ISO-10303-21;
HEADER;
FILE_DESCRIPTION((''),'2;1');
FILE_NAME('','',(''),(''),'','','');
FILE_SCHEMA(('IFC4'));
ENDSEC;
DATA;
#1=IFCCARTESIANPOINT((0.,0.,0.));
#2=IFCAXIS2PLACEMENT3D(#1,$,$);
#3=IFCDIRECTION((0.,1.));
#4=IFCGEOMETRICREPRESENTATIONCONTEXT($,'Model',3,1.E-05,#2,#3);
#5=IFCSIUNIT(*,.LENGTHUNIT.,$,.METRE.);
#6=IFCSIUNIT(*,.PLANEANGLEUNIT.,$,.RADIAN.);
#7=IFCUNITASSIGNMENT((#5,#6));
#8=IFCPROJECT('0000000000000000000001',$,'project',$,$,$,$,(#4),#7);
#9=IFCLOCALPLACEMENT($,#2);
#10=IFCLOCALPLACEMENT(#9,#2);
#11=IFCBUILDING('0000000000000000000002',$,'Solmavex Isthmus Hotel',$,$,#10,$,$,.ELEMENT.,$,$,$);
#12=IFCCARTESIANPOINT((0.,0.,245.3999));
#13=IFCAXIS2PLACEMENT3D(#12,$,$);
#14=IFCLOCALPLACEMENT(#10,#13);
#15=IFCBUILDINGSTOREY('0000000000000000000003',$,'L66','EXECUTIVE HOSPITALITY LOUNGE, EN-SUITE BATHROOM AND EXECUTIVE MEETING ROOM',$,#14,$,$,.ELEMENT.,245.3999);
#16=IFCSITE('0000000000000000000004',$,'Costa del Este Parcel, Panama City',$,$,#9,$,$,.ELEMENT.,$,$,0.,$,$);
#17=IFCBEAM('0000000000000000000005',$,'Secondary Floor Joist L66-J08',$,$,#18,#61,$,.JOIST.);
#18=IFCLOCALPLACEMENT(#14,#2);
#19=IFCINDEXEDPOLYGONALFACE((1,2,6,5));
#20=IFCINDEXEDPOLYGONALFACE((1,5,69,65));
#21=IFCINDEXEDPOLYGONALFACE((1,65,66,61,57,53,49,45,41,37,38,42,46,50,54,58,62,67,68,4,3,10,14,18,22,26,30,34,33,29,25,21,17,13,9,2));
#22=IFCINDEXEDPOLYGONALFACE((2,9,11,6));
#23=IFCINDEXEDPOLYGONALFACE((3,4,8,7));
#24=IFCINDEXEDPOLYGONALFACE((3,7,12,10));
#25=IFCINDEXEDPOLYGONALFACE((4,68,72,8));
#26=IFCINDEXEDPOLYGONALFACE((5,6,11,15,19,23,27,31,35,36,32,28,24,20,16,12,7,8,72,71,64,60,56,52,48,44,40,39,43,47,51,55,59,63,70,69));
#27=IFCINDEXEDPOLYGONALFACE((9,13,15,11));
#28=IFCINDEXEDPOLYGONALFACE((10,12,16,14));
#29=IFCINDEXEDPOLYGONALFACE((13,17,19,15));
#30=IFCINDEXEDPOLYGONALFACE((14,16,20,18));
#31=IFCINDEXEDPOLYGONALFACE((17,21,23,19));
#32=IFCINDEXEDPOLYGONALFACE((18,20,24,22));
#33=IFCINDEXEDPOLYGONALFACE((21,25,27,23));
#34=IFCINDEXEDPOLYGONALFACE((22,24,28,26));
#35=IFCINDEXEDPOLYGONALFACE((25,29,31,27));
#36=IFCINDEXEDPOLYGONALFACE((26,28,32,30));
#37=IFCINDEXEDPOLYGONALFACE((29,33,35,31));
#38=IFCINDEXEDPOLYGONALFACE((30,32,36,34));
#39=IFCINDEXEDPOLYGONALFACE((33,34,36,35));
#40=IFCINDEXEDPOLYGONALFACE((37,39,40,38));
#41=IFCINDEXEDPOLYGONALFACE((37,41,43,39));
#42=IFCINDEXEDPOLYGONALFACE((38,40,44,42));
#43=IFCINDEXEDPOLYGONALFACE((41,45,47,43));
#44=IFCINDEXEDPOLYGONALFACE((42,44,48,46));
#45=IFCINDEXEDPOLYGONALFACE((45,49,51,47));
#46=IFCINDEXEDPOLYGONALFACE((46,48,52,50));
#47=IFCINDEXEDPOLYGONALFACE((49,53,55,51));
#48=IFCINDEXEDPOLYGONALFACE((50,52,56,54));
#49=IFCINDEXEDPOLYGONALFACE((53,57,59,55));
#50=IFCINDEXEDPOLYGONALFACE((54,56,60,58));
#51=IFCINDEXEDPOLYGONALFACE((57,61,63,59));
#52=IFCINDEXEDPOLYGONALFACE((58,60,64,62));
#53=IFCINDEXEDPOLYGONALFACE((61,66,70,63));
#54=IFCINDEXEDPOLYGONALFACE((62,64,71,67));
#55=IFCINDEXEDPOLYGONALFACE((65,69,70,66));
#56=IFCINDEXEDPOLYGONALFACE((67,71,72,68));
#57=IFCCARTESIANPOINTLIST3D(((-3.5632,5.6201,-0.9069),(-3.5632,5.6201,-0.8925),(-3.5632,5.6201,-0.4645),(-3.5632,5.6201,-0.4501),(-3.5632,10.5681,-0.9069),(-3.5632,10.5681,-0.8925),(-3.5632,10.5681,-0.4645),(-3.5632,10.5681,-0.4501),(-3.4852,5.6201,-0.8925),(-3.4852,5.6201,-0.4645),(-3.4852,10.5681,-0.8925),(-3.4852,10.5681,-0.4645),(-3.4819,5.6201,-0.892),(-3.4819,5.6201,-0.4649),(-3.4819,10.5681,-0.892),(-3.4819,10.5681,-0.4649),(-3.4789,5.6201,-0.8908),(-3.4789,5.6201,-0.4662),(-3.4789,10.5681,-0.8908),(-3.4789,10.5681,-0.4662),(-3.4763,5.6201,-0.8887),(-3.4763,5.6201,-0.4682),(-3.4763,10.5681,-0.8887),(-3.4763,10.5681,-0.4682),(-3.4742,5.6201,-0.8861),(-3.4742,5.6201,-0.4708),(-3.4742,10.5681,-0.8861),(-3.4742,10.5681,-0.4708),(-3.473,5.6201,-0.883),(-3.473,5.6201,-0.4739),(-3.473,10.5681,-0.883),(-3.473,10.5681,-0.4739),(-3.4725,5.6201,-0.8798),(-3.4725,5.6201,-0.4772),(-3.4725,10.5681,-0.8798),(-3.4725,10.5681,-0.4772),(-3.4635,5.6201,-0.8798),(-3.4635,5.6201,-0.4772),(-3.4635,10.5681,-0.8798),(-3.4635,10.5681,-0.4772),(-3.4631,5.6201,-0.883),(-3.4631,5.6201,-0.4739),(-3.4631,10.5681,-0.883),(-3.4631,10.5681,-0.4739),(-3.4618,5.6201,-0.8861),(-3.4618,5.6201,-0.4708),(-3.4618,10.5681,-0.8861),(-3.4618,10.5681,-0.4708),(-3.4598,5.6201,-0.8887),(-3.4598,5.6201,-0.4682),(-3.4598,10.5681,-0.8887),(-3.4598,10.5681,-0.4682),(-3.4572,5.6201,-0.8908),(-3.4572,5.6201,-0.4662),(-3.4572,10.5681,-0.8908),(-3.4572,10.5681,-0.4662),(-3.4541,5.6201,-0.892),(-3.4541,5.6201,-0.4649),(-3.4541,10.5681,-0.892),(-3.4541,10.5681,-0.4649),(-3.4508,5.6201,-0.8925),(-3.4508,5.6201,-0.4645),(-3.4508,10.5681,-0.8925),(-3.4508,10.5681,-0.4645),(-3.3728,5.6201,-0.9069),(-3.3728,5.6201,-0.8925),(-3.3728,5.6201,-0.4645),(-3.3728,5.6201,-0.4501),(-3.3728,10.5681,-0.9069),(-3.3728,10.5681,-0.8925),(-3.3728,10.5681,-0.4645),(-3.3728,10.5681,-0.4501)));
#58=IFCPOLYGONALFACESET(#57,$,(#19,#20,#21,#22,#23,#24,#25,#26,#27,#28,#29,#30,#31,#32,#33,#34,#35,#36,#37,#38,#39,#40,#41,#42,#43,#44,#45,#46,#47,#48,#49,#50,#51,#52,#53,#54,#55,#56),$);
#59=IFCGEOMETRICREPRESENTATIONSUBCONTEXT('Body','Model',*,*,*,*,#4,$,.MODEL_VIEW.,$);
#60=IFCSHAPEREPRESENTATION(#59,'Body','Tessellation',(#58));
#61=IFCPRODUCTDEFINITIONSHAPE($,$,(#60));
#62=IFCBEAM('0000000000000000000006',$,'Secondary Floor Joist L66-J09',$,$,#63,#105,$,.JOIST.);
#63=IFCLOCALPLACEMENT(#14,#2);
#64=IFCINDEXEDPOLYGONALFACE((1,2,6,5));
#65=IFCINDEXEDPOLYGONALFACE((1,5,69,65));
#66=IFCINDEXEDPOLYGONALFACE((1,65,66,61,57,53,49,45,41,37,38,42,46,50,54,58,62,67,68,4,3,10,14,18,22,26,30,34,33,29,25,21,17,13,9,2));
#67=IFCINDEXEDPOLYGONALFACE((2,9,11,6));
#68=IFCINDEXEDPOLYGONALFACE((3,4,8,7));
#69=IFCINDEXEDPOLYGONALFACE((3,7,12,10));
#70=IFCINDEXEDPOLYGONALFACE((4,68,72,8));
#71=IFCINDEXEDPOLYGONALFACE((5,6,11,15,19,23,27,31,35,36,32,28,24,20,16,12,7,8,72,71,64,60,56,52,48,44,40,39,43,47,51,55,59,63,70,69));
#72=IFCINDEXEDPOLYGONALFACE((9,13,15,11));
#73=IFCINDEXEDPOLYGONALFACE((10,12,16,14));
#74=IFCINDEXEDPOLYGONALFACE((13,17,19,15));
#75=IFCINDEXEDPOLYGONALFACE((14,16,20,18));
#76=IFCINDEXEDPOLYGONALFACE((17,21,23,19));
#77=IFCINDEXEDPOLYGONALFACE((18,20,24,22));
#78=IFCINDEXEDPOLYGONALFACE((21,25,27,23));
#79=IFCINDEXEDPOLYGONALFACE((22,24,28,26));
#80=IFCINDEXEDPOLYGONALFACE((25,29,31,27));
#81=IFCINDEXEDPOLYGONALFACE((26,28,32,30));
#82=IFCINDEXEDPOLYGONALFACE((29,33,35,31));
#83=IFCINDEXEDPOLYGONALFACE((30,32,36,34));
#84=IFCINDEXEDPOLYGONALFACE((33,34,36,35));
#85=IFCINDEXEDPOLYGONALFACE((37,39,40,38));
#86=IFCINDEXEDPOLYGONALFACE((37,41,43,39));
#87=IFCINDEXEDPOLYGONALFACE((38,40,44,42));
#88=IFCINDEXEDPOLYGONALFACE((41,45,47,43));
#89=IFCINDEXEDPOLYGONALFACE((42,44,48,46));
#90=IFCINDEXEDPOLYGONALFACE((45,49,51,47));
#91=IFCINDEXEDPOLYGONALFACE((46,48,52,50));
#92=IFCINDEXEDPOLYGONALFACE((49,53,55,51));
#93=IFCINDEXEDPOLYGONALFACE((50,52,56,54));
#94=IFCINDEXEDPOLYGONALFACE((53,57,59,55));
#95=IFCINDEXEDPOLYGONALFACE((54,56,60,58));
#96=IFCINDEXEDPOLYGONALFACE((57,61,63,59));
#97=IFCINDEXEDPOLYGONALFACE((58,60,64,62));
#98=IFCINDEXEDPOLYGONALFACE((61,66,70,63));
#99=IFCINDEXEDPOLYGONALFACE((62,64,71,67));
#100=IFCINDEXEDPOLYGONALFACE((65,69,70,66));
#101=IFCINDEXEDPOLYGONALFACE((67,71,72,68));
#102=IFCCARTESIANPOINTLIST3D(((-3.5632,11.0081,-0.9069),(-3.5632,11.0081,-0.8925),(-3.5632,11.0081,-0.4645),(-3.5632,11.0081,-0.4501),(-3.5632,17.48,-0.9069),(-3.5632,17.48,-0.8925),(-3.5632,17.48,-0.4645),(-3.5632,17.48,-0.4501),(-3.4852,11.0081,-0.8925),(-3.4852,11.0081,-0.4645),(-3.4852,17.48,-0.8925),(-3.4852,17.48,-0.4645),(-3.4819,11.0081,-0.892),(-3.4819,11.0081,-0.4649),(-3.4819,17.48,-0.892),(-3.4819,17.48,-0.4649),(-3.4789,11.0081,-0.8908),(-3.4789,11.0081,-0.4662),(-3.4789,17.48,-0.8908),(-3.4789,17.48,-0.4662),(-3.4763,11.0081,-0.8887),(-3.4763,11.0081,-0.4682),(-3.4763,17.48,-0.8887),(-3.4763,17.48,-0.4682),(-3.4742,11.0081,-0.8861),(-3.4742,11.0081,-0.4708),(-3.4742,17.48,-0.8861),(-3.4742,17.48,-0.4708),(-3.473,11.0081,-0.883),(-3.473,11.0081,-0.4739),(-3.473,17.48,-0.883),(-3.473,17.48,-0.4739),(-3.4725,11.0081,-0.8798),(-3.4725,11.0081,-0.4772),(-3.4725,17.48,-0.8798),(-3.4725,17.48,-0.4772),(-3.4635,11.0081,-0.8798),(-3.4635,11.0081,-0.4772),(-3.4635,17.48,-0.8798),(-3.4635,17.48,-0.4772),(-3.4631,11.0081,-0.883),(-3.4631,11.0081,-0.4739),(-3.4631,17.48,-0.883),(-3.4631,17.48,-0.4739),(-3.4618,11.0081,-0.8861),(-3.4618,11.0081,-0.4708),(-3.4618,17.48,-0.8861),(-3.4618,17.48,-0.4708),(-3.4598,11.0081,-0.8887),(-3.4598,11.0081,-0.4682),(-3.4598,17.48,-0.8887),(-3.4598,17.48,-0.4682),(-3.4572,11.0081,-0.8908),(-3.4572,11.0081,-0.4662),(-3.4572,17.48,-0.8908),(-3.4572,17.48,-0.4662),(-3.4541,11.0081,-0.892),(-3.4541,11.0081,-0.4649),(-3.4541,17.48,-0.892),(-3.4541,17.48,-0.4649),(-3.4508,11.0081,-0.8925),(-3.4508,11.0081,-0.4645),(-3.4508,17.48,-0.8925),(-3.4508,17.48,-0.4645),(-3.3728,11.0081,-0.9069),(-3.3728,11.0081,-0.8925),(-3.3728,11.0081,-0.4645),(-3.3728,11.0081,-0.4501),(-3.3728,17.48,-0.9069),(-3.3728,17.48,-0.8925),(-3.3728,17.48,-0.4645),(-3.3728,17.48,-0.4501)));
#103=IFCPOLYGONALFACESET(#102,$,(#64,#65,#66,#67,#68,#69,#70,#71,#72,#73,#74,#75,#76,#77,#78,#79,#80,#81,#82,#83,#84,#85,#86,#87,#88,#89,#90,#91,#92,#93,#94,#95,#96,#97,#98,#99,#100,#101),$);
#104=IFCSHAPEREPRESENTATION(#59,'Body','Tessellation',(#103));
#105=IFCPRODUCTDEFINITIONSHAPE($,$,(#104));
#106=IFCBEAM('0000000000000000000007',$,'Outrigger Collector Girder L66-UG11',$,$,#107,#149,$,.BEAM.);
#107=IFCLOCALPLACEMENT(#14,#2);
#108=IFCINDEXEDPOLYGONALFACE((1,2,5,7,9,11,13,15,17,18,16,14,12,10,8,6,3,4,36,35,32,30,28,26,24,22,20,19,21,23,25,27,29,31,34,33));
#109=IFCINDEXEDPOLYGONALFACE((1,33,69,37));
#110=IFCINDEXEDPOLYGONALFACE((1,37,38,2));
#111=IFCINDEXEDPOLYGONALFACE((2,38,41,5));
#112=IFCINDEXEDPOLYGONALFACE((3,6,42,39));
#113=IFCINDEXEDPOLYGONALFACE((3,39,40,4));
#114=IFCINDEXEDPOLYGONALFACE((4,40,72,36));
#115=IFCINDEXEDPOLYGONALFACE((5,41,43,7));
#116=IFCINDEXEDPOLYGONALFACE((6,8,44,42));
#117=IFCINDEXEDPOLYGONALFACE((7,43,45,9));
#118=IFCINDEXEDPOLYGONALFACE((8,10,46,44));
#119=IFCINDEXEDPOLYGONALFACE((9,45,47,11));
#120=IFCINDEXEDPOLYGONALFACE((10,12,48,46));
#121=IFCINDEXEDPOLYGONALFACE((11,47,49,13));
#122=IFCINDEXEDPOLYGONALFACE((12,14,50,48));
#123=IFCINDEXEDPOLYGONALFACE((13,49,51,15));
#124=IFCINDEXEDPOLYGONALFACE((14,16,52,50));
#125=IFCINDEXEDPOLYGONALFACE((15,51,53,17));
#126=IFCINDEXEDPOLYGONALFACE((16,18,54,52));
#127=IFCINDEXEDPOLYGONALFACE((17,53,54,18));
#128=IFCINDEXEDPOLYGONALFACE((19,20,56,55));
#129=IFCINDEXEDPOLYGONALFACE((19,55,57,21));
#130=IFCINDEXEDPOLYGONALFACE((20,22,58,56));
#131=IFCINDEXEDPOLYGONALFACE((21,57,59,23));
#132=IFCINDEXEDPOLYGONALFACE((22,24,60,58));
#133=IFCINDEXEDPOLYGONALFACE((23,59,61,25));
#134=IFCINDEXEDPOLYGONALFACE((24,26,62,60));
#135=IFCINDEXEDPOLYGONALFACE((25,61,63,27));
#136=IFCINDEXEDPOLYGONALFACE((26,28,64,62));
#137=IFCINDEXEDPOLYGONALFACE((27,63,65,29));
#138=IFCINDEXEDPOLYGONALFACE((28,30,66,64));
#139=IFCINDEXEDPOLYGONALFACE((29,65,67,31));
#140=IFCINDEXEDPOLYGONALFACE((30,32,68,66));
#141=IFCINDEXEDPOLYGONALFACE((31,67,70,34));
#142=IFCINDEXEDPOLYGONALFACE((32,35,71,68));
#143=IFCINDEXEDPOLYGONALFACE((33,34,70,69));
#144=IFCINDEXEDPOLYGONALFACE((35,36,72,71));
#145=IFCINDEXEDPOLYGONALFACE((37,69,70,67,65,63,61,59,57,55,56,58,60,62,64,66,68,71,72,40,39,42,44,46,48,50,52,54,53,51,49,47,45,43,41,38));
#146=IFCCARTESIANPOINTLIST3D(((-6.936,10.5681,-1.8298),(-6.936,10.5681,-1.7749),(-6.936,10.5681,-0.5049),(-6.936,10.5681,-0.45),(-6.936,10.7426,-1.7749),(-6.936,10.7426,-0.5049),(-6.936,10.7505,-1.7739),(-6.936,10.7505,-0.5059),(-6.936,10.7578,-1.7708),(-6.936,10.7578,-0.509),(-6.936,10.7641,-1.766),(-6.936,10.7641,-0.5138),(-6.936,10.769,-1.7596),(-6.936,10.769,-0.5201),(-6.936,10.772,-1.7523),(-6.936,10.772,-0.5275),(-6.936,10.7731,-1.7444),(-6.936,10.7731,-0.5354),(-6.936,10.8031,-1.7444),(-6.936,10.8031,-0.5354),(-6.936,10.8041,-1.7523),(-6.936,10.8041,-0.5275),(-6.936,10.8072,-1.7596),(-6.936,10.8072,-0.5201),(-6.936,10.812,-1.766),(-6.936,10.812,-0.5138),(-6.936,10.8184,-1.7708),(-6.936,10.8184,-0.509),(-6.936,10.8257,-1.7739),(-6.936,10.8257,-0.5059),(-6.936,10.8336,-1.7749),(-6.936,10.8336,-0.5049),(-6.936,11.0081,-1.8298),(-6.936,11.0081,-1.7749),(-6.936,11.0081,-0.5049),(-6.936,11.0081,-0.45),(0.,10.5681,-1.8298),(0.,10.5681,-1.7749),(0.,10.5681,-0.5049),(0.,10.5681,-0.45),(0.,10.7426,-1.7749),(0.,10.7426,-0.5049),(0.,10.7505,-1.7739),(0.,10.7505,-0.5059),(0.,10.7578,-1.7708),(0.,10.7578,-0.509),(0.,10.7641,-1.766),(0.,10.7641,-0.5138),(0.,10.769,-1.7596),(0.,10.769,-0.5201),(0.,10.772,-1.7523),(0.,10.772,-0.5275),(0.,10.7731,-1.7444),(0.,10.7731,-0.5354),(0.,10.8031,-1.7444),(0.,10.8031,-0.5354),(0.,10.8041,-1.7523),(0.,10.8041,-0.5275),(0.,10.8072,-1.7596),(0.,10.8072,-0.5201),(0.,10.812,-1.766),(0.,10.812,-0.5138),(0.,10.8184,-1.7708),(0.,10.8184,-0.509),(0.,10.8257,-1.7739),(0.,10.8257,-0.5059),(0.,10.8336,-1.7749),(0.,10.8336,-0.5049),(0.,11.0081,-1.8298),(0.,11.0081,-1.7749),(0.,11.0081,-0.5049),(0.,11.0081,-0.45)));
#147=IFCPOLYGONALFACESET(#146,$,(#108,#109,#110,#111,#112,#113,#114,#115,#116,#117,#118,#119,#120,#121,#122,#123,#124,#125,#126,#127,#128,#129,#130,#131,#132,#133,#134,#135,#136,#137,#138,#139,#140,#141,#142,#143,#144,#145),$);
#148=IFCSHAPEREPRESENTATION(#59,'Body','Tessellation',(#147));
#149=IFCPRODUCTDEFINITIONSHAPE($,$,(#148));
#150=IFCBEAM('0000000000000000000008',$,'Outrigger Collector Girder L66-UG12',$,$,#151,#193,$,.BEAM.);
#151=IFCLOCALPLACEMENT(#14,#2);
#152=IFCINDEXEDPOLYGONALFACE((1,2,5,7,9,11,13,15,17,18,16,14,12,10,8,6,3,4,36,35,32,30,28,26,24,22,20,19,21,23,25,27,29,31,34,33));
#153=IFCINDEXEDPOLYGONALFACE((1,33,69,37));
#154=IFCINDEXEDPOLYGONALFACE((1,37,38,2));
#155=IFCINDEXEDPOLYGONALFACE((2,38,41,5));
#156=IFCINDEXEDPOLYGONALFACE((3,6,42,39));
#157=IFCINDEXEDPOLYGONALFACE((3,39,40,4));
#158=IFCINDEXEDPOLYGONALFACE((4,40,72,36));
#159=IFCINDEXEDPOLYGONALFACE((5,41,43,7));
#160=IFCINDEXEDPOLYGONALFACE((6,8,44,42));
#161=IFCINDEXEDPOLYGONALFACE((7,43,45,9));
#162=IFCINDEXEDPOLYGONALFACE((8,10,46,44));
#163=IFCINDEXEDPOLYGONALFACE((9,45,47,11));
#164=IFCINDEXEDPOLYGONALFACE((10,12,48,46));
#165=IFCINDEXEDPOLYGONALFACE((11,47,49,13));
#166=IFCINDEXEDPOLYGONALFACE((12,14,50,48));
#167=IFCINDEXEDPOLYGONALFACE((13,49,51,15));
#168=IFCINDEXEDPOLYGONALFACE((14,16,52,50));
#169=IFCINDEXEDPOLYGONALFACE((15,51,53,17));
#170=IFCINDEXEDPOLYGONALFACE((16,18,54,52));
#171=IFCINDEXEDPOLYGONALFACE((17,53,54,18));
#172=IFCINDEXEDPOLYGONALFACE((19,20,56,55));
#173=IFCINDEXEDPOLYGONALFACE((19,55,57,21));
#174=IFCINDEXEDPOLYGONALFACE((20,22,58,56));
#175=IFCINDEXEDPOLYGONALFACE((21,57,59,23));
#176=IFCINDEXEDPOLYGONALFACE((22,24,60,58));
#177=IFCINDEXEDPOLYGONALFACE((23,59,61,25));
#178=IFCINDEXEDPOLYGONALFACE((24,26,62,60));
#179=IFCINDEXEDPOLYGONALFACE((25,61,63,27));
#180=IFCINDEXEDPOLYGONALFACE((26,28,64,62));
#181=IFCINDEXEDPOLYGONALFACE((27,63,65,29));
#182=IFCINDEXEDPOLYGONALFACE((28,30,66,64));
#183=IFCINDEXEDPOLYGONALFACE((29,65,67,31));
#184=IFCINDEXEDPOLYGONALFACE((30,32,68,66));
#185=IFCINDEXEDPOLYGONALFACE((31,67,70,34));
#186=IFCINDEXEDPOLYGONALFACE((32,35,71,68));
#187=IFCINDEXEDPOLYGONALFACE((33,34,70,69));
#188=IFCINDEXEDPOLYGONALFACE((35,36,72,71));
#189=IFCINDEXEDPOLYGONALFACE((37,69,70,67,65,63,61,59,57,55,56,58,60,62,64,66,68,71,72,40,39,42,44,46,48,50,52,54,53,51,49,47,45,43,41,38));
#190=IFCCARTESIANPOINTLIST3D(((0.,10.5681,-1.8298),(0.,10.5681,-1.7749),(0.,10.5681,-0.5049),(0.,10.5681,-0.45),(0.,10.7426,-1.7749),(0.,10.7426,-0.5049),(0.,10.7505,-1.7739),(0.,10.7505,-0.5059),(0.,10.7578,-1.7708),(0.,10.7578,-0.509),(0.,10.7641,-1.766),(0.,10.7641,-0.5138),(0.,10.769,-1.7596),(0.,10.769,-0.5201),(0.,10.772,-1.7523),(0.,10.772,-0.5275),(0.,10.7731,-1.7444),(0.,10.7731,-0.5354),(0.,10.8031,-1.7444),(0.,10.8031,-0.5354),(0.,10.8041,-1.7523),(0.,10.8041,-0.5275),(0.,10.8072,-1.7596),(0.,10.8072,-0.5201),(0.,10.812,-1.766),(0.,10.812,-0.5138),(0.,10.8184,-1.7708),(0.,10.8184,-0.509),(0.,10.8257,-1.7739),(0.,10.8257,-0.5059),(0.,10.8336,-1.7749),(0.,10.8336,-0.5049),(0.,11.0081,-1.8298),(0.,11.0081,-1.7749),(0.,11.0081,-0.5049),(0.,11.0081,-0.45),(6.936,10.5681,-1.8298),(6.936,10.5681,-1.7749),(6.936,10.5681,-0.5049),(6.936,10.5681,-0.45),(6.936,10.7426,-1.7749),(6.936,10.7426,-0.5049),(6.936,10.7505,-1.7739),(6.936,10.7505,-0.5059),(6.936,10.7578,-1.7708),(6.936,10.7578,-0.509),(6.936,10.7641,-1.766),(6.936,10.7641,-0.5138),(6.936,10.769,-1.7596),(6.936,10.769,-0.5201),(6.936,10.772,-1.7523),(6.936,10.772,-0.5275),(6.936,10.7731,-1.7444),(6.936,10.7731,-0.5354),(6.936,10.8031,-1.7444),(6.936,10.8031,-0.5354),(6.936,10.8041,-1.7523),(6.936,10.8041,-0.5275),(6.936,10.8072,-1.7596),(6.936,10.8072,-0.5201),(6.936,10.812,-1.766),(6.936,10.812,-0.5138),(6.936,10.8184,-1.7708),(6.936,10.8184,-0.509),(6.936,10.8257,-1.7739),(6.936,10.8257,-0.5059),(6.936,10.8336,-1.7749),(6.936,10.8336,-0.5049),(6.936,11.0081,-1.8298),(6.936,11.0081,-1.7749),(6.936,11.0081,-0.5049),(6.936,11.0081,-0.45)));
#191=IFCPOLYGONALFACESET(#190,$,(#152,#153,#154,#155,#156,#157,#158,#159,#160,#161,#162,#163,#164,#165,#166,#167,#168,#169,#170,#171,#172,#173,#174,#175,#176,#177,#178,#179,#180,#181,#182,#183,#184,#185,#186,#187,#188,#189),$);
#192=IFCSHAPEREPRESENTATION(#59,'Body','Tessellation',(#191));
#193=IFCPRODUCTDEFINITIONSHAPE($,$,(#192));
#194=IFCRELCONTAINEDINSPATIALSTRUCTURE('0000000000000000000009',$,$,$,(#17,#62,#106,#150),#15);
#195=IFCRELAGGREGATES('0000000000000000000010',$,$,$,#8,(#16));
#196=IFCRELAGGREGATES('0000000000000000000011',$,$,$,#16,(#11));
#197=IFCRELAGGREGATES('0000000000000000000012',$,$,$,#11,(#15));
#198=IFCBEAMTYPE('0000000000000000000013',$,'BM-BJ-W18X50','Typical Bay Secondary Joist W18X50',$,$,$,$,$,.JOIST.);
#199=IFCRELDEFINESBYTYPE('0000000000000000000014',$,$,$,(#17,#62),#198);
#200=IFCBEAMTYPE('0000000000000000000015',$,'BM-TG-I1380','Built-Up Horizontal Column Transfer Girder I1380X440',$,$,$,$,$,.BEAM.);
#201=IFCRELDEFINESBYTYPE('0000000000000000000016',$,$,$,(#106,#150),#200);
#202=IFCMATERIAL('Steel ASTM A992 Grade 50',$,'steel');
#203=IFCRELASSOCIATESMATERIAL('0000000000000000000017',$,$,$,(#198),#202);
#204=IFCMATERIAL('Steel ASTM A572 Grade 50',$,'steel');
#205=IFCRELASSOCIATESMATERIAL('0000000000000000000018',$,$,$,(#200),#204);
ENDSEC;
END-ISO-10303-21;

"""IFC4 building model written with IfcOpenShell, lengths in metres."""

from ifc_helpers import new_model, si_unit, direction, frame, origin, origin_2d, place, context, subcontext, project, spatial, i_section, extrude, material, material_profile, profile_set, type_object, element, save


model = new_model("IFC4")

# Units and contexts
model_context = context("Model", 3, precision=1e-05, world=origin(), true_north=direction((0.0, 1.0)))
body_context = subcontext(model_context, "Body", "Model", "MODEL_VIEW")
ifc_project = project(units=[si_unit("LENGTHUNIT", "METRE"), si_unit("PLANEANGLEUNIT", "RADIAN")], contexts=[model_context])

# Site, building, storey
site_placement = place(None, origin())
site = spatial("IfcSite", under=ifc_project, at=site_placement, Name="Costa del Este Parcel, Panama City", CompositionType="ELEMENT", RefElevation=0.0)
building_placement = place(site_placement, origin())
building = spatial("IfcBuilding", under=site, at=building_placement, Name="Solmavex Isthmus Hotel", CompositionType="ELEMENT")
storey_placement = place(building_placement, frame((0.0, 0.0, 245.3999)))
storey = spatial("IfcBuildingStorey", under=building, at=storey_placement, Name="L66", Description="EXECUTIVE HOSPITALITY LOUNGE, EN-SUITE BATHROOM AND EXECUTIVE MEETING ROOM", CompositionType="ELEMENT", Elevation=245.3999)

# Beams
ifc_material_1 = material(Name="Steel ASTM A992 Grade 50", Category="steel")
ifc_material_profile_1 = material_profile(ifc_material_1, i_section(OverallWidth=0.1904, OverallDepth=0.4568, WebThickness=0.009, FlangeThickness=0.0144, FilletRadius=0.0127, at=origin_2d()), Name="W18X50")
ifc_profile_set_1 = profile_set([ifc_material_profile_1], Name="Steel ASTM A992 Grade 50")
beam_type_1 = type_object("IfcBeamType", Name="BM-BJ-W18X50", Description="Typical Bay Secondary Joist W18X50", PredefinedType="JOIST", material=ifc_profile_set_1)
beam_1_placement = place(storey_placement, frame((-3.468, 5.6201, -0.6785), z_axis=(0.0, 1.0, 0.0), x_axis=(-1.0, 0.0, 0.0)))
element("IfcBeam", 1, at=beam_1_placement, inside=storey, type_object=beam_type_1, Name="Secondary Floor Joist L66-J08", PredefinedType="JOIST", context=body_context, shape_type="SweptSolid", body=[
    extrude(i_section(OverallWidth=0.1904, OverallDepth=0.4568, WebThickness=0.009, FlangeThickness=0.0144, FilletRadius=0.0127, at=origin_2d()), origin(), (0.0, 0.0, 1.0), 4.948),
])
beam_2_placement = place(storey_placement, frame((-3.468, 11.0081, -0.6785), z_axis=(0.0, 1.0, 0.0), x_axis=(-1.0, 0.0, 0.0)))
element("IfcBeam", 2, at=beam_2_placement, inside=storey, type_object=beam_type_1, Name="Secondary Floor Joist L66-J09", PredefinedType="JOIST", context=body_context, shape_type="SweptSolid", body=[
    extrude(i_section(OverallWidth=0.1904, OverallDepth=0.4568, WebThickness=0.009, FlangeThickness=0.0144, FilletRadius=0.0127, at=origin_2d()), origin(), (0.0, 0.0, 1.0), 6.4719),
])
ifc_material_2 = material(Name="Steel ASTM A572 Grade 50", Category="steel")
ifc_material_profile_2 = material_profile(ifc_material_2, i_section(OverallWidth=0.4399, OverallDepth=1.3799, WebThickness=0.03, FlangeThickness=0.0549, FilletRadius=0.0305, at=origin_2d()), Name="I1380X440")
ifc_profile_set_2 = profile_set([ifc_material_profile_2], Name="Steel ASTM A572 Grade 50")
beam_type_2 = type_object("IfcBeamType", Name="BM-TG-I1380", Description="Built-Up Horizontal Column Transfer Girder I1380X440", PredefinedType="BEAM", material=ifc_profile_set_2)
for number, where, z_axis, x_axis, name in (
    (3, (-6.936, 10.7881, -1.1399), (1.0, 0.0, 0.0), (0.0, 1.0, 0.0), "Outrigger Collector Girder L66-UG11"),
    (4, (0.0, 10.7881, -1.1399), (1.0, 0.0, 0.0), (0.0, 1.0, 0.0), "Outrigger Collector Girder L66-UG12"),
):
    element("IfcBeam", number, at=place(storey_placement, frame(where, z_axis=z_axis, x_axis=x_axis)), inside=storey, type_object=beam_type_2, Name=name, PredefinedType="BEAM", context=body_context, shape_type="SweptSolid", body=[
        extrude(i_section(OverallWidth=0.4399, OverallDepth=1.3799, WebThickness=0.03, FlangeThickness=0.0549, FilletRadius=0.0305, at=origin_2d()), origin(), (0.0, 0.0, 1.0), 6.936),
    ])

save(model, "model.ifc")
